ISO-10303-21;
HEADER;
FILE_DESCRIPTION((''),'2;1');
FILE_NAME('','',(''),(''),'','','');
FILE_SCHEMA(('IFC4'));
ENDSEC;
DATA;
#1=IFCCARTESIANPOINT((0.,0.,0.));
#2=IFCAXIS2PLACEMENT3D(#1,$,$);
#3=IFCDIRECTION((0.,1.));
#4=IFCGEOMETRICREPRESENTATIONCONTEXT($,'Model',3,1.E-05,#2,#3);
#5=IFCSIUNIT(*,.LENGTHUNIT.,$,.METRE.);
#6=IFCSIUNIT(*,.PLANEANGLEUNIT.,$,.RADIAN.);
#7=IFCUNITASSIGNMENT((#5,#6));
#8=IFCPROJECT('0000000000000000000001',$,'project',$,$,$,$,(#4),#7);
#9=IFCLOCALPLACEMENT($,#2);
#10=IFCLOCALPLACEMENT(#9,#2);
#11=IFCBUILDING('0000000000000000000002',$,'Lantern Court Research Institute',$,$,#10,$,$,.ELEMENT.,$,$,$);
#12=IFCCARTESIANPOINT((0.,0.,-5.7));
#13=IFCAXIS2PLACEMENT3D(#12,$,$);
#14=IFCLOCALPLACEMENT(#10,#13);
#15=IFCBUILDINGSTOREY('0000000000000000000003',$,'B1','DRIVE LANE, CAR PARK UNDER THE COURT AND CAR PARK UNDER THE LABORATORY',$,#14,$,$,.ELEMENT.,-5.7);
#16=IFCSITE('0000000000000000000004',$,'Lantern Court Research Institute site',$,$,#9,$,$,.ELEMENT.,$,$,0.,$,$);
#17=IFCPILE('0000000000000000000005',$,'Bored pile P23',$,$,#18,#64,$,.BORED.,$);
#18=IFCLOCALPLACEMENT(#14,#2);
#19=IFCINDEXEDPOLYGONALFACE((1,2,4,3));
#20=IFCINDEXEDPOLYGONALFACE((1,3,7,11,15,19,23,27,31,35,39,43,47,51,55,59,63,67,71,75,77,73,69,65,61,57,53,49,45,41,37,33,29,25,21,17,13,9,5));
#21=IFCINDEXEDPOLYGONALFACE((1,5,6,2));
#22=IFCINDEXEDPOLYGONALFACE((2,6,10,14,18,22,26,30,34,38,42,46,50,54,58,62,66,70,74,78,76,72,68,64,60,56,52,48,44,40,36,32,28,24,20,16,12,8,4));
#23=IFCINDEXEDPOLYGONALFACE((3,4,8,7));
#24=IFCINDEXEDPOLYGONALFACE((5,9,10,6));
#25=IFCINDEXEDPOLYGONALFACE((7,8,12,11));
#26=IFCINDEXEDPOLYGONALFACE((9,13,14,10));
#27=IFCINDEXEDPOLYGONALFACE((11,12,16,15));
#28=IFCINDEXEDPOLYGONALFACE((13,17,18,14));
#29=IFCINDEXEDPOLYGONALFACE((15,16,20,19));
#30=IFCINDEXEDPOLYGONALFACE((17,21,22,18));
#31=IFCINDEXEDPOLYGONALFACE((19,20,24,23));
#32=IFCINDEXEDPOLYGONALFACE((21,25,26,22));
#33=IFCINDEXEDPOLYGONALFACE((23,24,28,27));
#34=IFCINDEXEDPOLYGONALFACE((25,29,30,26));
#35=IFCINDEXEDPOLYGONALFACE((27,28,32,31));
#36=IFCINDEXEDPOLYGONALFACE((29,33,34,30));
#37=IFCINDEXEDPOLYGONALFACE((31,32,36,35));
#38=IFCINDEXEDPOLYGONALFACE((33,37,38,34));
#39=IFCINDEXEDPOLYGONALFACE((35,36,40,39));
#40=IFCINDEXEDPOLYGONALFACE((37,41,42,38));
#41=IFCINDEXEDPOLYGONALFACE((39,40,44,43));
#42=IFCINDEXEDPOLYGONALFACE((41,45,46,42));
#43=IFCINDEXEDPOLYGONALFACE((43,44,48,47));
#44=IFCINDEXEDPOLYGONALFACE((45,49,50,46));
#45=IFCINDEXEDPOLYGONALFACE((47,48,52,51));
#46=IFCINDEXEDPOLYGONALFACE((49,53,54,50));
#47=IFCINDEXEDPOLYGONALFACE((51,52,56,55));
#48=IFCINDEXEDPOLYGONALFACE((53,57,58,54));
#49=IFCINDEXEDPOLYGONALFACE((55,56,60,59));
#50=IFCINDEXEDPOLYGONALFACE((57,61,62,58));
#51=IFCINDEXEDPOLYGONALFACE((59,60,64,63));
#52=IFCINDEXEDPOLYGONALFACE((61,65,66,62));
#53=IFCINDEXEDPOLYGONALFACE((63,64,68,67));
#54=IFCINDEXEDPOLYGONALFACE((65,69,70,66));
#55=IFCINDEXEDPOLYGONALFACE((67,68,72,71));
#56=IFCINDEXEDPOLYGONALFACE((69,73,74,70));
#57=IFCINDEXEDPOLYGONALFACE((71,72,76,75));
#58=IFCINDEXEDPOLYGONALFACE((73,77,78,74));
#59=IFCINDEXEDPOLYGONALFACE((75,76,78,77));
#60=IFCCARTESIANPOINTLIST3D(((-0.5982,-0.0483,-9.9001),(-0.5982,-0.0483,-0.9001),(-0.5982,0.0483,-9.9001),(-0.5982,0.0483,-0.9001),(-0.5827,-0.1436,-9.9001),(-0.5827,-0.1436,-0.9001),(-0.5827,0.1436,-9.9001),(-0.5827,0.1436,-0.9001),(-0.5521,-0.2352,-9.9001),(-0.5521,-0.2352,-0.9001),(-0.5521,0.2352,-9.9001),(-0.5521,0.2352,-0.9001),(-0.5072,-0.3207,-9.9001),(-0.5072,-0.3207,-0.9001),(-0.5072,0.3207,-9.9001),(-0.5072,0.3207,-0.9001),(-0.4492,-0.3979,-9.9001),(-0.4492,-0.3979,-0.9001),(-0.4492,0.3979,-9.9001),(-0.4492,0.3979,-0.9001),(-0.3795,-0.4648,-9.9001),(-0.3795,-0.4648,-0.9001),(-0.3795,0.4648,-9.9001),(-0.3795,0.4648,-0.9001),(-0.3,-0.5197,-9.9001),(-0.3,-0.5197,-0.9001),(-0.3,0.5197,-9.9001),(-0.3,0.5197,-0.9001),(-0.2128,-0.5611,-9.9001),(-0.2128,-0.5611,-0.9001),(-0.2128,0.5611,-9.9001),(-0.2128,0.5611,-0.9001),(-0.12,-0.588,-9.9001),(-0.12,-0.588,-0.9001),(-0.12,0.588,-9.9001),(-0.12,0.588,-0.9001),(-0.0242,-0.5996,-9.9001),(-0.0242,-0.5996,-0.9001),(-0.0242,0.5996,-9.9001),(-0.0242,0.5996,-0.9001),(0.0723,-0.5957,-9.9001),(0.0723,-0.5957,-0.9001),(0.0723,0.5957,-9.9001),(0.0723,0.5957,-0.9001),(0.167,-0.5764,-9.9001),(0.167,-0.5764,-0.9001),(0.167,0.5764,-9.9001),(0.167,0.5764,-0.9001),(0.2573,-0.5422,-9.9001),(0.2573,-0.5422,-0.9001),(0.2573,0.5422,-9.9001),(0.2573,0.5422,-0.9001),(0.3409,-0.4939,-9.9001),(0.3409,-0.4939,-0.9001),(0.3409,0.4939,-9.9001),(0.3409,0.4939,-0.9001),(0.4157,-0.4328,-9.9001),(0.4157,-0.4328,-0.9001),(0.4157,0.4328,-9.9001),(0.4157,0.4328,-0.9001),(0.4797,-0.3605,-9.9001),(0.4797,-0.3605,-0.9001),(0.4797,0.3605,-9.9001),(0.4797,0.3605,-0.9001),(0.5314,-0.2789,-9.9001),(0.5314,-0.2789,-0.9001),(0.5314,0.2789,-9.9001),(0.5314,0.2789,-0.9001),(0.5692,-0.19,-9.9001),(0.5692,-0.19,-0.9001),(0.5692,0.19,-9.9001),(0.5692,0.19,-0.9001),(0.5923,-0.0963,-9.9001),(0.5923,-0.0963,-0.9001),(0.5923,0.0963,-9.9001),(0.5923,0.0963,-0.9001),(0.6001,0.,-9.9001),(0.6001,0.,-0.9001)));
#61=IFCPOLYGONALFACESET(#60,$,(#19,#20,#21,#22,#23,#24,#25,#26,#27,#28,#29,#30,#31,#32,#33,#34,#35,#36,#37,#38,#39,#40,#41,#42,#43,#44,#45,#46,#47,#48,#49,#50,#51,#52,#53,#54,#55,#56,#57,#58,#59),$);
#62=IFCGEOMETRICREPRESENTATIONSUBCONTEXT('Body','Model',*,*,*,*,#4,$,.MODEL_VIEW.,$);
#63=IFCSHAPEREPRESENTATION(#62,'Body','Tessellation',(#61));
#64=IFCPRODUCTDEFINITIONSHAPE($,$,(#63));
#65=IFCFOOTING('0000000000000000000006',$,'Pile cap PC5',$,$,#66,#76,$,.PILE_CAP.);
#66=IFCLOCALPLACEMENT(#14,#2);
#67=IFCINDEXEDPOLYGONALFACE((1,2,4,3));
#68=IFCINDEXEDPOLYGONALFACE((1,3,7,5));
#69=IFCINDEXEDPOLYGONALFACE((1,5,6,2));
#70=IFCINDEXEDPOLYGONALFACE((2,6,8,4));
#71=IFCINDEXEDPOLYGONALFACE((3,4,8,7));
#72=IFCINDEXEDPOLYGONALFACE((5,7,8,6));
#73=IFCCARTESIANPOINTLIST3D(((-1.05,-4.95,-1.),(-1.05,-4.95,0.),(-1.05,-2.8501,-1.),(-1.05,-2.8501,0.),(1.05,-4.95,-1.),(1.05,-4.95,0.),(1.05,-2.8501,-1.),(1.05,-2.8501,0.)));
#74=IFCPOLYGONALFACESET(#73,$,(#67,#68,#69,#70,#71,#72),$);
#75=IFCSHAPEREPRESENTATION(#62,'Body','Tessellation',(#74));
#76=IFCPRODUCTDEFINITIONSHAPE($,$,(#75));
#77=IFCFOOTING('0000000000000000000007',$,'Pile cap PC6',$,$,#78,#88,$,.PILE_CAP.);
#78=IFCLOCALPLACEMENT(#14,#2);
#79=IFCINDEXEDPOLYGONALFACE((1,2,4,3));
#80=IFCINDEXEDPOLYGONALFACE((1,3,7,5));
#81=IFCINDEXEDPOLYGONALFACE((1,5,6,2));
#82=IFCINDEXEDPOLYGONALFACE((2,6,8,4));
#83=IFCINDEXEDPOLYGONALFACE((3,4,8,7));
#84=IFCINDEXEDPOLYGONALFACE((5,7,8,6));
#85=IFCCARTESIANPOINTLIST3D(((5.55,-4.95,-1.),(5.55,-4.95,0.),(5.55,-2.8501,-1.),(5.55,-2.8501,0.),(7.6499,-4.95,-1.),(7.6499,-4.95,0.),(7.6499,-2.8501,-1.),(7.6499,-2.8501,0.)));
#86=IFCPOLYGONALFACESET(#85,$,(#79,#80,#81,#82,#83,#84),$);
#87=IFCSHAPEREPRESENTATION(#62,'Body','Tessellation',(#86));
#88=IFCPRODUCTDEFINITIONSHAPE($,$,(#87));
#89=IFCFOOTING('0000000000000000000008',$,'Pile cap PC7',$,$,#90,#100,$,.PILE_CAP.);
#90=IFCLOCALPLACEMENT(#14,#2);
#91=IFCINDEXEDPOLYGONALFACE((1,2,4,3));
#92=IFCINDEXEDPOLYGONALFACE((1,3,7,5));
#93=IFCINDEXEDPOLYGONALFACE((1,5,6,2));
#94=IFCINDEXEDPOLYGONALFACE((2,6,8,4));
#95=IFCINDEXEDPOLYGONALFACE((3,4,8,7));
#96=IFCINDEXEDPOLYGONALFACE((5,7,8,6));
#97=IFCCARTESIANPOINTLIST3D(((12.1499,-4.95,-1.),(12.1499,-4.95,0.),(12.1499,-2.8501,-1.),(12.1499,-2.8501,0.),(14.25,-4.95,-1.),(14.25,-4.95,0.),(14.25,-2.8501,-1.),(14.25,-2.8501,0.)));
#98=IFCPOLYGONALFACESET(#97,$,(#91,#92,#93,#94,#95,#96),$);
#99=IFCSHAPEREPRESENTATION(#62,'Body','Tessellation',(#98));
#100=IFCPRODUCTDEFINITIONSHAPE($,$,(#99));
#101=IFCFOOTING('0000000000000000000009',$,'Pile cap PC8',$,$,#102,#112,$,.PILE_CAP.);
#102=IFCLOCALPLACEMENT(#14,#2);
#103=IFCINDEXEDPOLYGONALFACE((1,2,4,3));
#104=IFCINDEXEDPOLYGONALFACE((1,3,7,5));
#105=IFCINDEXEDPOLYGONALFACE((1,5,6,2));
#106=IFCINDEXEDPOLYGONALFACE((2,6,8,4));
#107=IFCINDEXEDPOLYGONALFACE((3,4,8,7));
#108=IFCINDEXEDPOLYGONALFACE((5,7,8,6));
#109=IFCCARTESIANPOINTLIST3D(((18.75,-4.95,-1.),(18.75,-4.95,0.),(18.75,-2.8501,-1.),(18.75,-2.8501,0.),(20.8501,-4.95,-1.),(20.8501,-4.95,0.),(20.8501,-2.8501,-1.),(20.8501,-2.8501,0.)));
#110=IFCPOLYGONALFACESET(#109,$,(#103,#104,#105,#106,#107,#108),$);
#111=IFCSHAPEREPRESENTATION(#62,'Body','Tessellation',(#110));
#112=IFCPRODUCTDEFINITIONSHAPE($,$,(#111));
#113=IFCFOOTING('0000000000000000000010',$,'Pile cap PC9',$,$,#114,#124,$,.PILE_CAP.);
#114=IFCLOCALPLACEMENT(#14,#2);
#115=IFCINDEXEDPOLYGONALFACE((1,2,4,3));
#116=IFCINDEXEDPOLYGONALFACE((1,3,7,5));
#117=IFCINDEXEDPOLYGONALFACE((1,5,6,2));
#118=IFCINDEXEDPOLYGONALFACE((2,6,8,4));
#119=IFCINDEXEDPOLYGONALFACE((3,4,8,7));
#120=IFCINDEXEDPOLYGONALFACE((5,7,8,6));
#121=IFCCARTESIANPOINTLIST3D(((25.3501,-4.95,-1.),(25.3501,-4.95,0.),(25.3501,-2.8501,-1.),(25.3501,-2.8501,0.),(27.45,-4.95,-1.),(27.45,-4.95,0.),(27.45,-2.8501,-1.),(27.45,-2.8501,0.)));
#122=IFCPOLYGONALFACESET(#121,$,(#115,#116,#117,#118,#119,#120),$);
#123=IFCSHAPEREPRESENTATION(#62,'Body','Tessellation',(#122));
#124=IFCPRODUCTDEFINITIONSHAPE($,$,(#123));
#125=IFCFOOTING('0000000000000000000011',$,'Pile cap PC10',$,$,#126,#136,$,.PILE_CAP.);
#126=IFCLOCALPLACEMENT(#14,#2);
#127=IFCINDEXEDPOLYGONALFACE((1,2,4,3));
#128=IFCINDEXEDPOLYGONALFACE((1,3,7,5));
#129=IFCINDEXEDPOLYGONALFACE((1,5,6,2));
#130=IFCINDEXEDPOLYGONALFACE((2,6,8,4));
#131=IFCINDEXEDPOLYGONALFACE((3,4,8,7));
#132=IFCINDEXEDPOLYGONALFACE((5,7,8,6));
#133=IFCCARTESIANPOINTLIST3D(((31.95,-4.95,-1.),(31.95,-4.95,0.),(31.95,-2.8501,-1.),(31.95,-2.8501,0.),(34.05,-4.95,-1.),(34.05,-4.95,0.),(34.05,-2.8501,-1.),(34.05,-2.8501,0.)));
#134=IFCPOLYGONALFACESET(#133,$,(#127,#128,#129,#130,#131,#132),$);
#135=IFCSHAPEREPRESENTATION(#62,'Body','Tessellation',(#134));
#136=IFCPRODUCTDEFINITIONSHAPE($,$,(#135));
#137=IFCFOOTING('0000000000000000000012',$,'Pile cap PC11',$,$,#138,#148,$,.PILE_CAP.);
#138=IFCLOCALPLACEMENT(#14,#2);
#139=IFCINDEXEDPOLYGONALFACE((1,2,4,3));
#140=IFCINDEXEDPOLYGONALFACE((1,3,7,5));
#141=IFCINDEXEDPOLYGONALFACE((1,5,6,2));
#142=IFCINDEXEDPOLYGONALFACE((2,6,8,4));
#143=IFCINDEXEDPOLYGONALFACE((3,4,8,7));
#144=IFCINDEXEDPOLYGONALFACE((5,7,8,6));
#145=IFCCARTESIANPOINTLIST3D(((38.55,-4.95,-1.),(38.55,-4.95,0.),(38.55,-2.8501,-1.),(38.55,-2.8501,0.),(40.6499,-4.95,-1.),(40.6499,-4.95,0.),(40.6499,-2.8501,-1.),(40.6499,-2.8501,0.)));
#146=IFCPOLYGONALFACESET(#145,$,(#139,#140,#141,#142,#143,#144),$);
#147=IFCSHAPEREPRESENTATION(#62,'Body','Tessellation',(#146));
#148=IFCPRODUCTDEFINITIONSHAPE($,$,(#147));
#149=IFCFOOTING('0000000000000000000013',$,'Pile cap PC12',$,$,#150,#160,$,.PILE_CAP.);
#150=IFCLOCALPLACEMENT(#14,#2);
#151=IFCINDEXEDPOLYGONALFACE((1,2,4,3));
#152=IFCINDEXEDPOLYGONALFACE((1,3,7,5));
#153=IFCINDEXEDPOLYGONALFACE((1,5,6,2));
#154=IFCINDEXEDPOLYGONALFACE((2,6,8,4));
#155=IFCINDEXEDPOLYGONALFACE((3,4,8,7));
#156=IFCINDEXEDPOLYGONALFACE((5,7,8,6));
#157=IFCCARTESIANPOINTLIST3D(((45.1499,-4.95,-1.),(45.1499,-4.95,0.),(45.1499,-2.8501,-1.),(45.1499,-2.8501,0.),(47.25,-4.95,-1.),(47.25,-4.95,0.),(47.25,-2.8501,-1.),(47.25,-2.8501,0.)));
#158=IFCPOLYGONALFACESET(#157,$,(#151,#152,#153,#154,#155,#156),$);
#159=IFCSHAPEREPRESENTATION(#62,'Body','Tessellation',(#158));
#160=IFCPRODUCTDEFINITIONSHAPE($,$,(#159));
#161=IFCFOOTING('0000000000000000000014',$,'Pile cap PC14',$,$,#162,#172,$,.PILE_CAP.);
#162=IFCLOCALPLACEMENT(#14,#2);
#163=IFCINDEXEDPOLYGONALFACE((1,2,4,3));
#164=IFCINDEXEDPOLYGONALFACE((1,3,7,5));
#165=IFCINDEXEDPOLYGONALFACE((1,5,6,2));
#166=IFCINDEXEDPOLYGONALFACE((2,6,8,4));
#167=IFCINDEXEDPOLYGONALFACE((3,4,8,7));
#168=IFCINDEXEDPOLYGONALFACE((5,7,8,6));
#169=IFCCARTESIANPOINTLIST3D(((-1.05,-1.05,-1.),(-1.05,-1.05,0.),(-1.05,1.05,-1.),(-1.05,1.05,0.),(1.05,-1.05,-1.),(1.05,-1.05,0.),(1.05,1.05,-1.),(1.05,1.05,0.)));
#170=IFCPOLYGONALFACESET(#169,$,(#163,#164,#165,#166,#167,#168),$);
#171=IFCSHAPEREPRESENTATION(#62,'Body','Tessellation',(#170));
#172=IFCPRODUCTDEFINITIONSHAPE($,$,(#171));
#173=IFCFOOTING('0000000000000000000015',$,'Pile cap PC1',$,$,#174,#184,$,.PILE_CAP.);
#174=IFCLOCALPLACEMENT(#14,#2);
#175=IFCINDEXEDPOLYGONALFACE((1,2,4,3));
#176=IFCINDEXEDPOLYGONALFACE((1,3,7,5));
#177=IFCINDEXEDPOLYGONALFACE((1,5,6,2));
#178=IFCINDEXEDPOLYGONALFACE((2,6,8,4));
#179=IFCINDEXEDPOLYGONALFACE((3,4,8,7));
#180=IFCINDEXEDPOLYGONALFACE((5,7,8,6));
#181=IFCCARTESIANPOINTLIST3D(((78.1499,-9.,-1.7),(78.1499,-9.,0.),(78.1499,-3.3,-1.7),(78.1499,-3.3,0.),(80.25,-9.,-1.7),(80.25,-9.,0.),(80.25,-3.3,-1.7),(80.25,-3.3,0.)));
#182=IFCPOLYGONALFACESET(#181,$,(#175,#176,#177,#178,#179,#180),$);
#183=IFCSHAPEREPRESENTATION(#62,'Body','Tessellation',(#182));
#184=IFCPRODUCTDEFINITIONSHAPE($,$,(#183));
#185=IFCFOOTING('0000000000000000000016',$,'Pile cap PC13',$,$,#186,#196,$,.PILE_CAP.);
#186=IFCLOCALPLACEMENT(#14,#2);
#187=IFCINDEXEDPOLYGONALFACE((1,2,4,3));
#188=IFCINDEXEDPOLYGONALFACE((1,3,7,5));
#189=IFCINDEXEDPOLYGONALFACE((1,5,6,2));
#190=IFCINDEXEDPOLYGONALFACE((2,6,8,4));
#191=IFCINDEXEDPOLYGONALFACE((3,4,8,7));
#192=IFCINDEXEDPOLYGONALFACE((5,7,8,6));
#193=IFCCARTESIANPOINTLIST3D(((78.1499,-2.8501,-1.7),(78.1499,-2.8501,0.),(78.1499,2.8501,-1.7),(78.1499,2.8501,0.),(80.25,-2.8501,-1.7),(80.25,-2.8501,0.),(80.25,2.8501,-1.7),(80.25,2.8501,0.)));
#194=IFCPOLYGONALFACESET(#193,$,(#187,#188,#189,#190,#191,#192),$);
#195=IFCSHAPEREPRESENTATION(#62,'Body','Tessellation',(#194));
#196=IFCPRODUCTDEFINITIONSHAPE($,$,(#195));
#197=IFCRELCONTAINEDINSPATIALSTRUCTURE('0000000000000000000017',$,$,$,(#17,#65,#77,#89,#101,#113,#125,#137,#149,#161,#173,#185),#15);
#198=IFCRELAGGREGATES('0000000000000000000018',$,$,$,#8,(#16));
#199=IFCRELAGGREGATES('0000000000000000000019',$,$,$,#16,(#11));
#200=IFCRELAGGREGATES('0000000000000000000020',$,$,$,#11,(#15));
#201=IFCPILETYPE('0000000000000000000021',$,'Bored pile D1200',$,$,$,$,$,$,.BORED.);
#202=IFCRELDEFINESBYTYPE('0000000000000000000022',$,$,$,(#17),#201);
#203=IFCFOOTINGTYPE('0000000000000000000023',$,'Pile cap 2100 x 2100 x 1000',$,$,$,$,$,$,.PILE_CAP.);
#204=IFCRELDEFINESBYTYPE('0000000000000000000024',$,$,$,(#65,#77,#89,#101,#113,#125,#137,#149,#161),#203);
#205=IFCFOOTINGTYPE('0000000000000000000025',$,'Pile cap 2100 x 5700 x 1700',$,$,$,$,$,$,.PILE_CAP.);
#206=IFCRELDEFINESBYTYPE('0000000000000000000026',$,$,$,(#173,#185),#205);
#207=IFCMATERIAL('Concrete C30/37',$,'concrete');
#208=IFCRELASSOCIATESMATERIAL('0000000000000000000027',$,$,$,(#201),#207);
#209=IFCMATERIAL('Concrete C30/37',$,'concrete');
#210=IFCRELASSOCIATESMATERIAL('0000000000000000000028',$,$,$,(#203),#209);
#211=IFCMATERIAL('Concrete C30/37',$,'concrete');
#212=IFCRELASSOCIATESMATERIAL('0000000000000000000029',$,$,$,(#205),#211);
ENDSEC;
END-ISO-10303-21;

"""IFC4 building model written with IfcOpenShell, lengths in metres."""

from ifc_helpers import new_model, si_unit, direction, frame, origin, origin_2d, place, context, subcontext, project, spatial, polyline, circle, outline, extrude, material, material_profile, profile_set, type_object, element, save


model = new_model("IFC4")

# Units and contexts
model_context = context("Model", 3, precision=1e-05, world=origin(), true_north=direction((0.0, 1.0)))
body_context = subcontext(model_context, "Body", "Model", "MODEL_VIEW")
ifc_project = project(units=[si_unit("LENGTHUNIT", "METRE"), si_unit("PLANEANGLEUNIT", "RADIAN")], contexts=[model_context])

# Site, building, storey
site_placement = place(None, origin())
site = spatial("IfcSite", under=ifc_project, at=site_placement, Name="Lantern Court Research Institute site", CompositionType="ELEMENT", RefElevation=0.0)
building_placement = place(site_placement, origin())
building = spatial("IfcBuilding", under=site, at=building_placement, Name="Lantern Court Research Institute", CompositionType="ELEMENT")
storey_placement = place(building_placement, frame((0.0, 0.0, -5.7)))
storey = spatial("IfcBuildingStorey", under=building, at=storey_placement, Name="B1", Description="DRIVE LANE, CAR PARK UNDER THE COURT AND CAR PARK UNDER THE LABORATORY", CompositionType="ELEMENT", Elevation=-5.7)

# Pile
ifc_material_1 = material(Name="Concrete C30/37", Category="concrete")
ifc_material_profile = material_profile(ifc_material_1, circle(Radius=0.6001, at=origin_2d()), Name="Bored pile D1200")
ifc_profile_set = profile_set([ifc_material_profile], Name="Concrete C30/37")
pile_type = type_object("IfcPileType", Name="Bored pile D1200", PredefinedType="BORED", material=ifc_profile_set)
pile_placement = place(storey_placement, frame((0.0, 0.0, -0.9001), z_axis=(0.0, 0.0, -1.0), x_axis=(1.0, 0.0, 0.0)))
element("IfcPile", 1, at=pile_placement, inside=storey, type_object=pile_type, Name="Bored pile P23", PredefinedType="BORED", context=body_context, shape_type="SweptSolid", body=[
    extrude(circle(Radius=0.6001, at=origin_2d()), origin(), (0.0, 0.0, 1.0), 9.0),
])

# Footings
ifc_material_2 = material(Name="Concrete C30/37", Category="concrete")
footing_type_1 = type_object("IfcFootingType", Name="Pile cap 2100 x 2100 x 1000", PredefinedType="PILE_CAP", material=ifc_material_2)
footing_1_placement = place(storey_placement, frame((0.0, 0.0, -1.0)))
element("IfcFooting", 2, at=footing_1_placement, inside=storey, type_object=footing_type_1, Name="Pile cap PC5", PredefinedType="PILE_CAP", context=body_context, shape_type="SweptSolid", body=[
    extrude(outline(polyline([(-1.05, -4.95), (1.05, -4.95), (1.05, -2.8501), (-1.05, -2.8501), (-1.05, -4.95)])), origin(), (0.0, 0.0, 1.0), 1.0),
])
footing_2_placement = place(storey_placement, frame((0.0, 0.0, -1.0)))
element("IfcFooting", 3, at=footing_2_placement, inside=storey, type_object=footing_type_1, Name="Pile cap PC6", PredefinedType="PILE_CAP", context=body_context, shape_type="SweptSolid", body=[
    extrude(outline(polyline([(5.55, -4.95), (7.6499, -4.95), (7.6499, -2.8501), (5.55, -2.8501), (5.55, -4.95)])), origin(), (0.0, 0.0, 1.0), 1.0),
])
footing_3_placement = place(storey_placement, frame((0.0, 0.0, -1.0)))
element("IfcFooting", 4, at=footing_3_placement, inside=storey, type_object=footing_type_1, Name="Pile cap PC7", PredefinedType="PILE_CAP", context=body_context, shape_type="SweptSolid", body=[
    extrude(outline(polyline([(12.1499, -4.95), (14.25, -4.95), (14.25, -2.8501), (12.1499, -2.8501), (12.1499, -4.95)])), origin(), (0.0, 0.0, 1.0), 1.0),
])
footing_4_placement = place(storey_placement, frame((0.0, 0.0, -1.0)))
element("IfcFooting", 5, at=footing_4_placement, inside=storey, type_object=footing_type_1, Name="Pile cap PC8", PredefinedType="PILE_CAP", context=body_context, shape_type="SweptSolid", body=[
    extrude(outline(polyline([(18.75, -4.95), (20.8501, -4.95), (20.8501, -2.8501), (18.75, -2.8501), (18.75, -4.95)])), origin(), (0.0, 0.0, 1.0), 1.0),
])
footing_5_placement = place(storey_placement, frame((0.0, 0.0, -1.0)))
element("IfcFooting", 6, at=footing_5_placement, inside=storey, type_object=footing_type_1, Name="Pile cap PC9", PredefinedType="PILE_CAP", context=body_context, shape_type="SweptSolid", body=[
    extrude(outline(polyline([(25.3501, -4.95), (27.45, -4.95), (27.45, -2.8501), (25.3501, -2.8501), (25.3501, -4.95)])), origin(), (0.0, 0.0, 1.0), 1.0),
])
footing_6_placement = place(storey_placement, frame((0.0, 0.0, -1.0)))
element("IfcFooting", 7, at=footing_6_placement, inside=storey, type_object=footing_type_1, Name="Pile cap PC10", PredefinedType="PILE_CAP", context=body_context, shape_type="SweptSolid", body=[
    extrude(outline(polyline([(31.95, -4.95), (34.05, -4.95), (34.05, -2.8501), (31.95, -2.8501), (31.95, -4.95)])), origin(), (0.0, 0.0, 1.0), 1.0),
])
footing_7_placement = place(storey_placement, frame((0.0, 0.0, -1.0)))
element("IfcFooting", 8, at=footing_7_placement, inside=storey, type_object=footing_type_1, Name="Pile cap PC11", PredefinedType="PILE_CAP", context=body_context, shape_type="SweptSolid", body=[
    extrude(outline(polyline([(38.55, -4.95), (40.6499, -4.95), (40.6499, -2.8501), (38.55, -2.8501), (38.55, -4.95)])), origin(), (0.0, 0.0, 1.0), 1.0),
])
footing_8_placement = place(storey_placement, frame((0.0, 0.0, -1.0)))
element("IfcFooting", 9, at=footing_8_placement, inside=storey, type_object=footing_type_1, Name="Pile cap PC12", PredefinedType="PILE_CAP", context=body_context, shape_type="SweptSolid", body=[
    extrude(outline(polyline([(45.1499, -4.95), (47.25, -4.95), (47.25, -2.8501), (45.1499, -2.8501), (45.1499, -4.95)])), origin(), (0.0, 0.0, 1.0), 1.0),
])
footing_9_placement = place(storey_placement, frame((0.0, 0.0, -1.0)))
element("IfcFooting", 10, at=footing_9_placement, inside=storey, type_object=footing_type_1, Name="Pile cap PC14", PredefinedType="PILE_CAP", context=body_context, shape_type="SweptSolid", body=[
    extrude(outline(polyline([(-1.05, -1.05), (1.05, -1.05), (1.05, 1.05), (-1.05, 1.05), (-1.05, -1.05)])), origin(), (0.0, 0.0, 1.0), 1.0),
])
ifc_material_3 = material(Name="Concrete C30/37", Category="concrete")
footing_type_2 = type_object("IfcFootingType", Name="Pile cap 2100 x 5700 x 1700", PredefinedType="PILE_CAP", material=ifc_material_3)
footing_10_placement = place(storey_placement, frame((0.0, 0.0, -1.7)))
element("IfcFooting", 11, at=footing_10_placement, inside=storey, type_object=footing_type_2, Name="Pile cap PC1", PredefinedType="PILE_CAP", context=body_context, shape_type="SweptSolid", body=[
    extrude(outline(polyline([(78.1499, -9.0), (80.25, -9.0), (80.25, -3.3), (78.1499, -3.3), (78.1499, -9.0)])), origin(), (0.0, 0.0, 1.0), 1.7),
])
footing_11_placement = place(storey_placement, frame((0.0, 0.0, -1.7)))
element("IfcFooting", 12, at=footing_11_placement, inside=storey, type_object=footing_type_2, Name="Pile cap PC13", PredefinedType="PILE_CAP", context=body_context, shape_type="SweptSolid", body=[
    extrude(outline(polyline([(78.1499, -2.8501), (80.25, -2.8501), (80.25, 2.8501), (78.1499, 2.8501), (78.1499, -2.8501)])), origin(), (0.0, 0.0, 1.0), 1.7),
])

save(model, "model.ifc")
